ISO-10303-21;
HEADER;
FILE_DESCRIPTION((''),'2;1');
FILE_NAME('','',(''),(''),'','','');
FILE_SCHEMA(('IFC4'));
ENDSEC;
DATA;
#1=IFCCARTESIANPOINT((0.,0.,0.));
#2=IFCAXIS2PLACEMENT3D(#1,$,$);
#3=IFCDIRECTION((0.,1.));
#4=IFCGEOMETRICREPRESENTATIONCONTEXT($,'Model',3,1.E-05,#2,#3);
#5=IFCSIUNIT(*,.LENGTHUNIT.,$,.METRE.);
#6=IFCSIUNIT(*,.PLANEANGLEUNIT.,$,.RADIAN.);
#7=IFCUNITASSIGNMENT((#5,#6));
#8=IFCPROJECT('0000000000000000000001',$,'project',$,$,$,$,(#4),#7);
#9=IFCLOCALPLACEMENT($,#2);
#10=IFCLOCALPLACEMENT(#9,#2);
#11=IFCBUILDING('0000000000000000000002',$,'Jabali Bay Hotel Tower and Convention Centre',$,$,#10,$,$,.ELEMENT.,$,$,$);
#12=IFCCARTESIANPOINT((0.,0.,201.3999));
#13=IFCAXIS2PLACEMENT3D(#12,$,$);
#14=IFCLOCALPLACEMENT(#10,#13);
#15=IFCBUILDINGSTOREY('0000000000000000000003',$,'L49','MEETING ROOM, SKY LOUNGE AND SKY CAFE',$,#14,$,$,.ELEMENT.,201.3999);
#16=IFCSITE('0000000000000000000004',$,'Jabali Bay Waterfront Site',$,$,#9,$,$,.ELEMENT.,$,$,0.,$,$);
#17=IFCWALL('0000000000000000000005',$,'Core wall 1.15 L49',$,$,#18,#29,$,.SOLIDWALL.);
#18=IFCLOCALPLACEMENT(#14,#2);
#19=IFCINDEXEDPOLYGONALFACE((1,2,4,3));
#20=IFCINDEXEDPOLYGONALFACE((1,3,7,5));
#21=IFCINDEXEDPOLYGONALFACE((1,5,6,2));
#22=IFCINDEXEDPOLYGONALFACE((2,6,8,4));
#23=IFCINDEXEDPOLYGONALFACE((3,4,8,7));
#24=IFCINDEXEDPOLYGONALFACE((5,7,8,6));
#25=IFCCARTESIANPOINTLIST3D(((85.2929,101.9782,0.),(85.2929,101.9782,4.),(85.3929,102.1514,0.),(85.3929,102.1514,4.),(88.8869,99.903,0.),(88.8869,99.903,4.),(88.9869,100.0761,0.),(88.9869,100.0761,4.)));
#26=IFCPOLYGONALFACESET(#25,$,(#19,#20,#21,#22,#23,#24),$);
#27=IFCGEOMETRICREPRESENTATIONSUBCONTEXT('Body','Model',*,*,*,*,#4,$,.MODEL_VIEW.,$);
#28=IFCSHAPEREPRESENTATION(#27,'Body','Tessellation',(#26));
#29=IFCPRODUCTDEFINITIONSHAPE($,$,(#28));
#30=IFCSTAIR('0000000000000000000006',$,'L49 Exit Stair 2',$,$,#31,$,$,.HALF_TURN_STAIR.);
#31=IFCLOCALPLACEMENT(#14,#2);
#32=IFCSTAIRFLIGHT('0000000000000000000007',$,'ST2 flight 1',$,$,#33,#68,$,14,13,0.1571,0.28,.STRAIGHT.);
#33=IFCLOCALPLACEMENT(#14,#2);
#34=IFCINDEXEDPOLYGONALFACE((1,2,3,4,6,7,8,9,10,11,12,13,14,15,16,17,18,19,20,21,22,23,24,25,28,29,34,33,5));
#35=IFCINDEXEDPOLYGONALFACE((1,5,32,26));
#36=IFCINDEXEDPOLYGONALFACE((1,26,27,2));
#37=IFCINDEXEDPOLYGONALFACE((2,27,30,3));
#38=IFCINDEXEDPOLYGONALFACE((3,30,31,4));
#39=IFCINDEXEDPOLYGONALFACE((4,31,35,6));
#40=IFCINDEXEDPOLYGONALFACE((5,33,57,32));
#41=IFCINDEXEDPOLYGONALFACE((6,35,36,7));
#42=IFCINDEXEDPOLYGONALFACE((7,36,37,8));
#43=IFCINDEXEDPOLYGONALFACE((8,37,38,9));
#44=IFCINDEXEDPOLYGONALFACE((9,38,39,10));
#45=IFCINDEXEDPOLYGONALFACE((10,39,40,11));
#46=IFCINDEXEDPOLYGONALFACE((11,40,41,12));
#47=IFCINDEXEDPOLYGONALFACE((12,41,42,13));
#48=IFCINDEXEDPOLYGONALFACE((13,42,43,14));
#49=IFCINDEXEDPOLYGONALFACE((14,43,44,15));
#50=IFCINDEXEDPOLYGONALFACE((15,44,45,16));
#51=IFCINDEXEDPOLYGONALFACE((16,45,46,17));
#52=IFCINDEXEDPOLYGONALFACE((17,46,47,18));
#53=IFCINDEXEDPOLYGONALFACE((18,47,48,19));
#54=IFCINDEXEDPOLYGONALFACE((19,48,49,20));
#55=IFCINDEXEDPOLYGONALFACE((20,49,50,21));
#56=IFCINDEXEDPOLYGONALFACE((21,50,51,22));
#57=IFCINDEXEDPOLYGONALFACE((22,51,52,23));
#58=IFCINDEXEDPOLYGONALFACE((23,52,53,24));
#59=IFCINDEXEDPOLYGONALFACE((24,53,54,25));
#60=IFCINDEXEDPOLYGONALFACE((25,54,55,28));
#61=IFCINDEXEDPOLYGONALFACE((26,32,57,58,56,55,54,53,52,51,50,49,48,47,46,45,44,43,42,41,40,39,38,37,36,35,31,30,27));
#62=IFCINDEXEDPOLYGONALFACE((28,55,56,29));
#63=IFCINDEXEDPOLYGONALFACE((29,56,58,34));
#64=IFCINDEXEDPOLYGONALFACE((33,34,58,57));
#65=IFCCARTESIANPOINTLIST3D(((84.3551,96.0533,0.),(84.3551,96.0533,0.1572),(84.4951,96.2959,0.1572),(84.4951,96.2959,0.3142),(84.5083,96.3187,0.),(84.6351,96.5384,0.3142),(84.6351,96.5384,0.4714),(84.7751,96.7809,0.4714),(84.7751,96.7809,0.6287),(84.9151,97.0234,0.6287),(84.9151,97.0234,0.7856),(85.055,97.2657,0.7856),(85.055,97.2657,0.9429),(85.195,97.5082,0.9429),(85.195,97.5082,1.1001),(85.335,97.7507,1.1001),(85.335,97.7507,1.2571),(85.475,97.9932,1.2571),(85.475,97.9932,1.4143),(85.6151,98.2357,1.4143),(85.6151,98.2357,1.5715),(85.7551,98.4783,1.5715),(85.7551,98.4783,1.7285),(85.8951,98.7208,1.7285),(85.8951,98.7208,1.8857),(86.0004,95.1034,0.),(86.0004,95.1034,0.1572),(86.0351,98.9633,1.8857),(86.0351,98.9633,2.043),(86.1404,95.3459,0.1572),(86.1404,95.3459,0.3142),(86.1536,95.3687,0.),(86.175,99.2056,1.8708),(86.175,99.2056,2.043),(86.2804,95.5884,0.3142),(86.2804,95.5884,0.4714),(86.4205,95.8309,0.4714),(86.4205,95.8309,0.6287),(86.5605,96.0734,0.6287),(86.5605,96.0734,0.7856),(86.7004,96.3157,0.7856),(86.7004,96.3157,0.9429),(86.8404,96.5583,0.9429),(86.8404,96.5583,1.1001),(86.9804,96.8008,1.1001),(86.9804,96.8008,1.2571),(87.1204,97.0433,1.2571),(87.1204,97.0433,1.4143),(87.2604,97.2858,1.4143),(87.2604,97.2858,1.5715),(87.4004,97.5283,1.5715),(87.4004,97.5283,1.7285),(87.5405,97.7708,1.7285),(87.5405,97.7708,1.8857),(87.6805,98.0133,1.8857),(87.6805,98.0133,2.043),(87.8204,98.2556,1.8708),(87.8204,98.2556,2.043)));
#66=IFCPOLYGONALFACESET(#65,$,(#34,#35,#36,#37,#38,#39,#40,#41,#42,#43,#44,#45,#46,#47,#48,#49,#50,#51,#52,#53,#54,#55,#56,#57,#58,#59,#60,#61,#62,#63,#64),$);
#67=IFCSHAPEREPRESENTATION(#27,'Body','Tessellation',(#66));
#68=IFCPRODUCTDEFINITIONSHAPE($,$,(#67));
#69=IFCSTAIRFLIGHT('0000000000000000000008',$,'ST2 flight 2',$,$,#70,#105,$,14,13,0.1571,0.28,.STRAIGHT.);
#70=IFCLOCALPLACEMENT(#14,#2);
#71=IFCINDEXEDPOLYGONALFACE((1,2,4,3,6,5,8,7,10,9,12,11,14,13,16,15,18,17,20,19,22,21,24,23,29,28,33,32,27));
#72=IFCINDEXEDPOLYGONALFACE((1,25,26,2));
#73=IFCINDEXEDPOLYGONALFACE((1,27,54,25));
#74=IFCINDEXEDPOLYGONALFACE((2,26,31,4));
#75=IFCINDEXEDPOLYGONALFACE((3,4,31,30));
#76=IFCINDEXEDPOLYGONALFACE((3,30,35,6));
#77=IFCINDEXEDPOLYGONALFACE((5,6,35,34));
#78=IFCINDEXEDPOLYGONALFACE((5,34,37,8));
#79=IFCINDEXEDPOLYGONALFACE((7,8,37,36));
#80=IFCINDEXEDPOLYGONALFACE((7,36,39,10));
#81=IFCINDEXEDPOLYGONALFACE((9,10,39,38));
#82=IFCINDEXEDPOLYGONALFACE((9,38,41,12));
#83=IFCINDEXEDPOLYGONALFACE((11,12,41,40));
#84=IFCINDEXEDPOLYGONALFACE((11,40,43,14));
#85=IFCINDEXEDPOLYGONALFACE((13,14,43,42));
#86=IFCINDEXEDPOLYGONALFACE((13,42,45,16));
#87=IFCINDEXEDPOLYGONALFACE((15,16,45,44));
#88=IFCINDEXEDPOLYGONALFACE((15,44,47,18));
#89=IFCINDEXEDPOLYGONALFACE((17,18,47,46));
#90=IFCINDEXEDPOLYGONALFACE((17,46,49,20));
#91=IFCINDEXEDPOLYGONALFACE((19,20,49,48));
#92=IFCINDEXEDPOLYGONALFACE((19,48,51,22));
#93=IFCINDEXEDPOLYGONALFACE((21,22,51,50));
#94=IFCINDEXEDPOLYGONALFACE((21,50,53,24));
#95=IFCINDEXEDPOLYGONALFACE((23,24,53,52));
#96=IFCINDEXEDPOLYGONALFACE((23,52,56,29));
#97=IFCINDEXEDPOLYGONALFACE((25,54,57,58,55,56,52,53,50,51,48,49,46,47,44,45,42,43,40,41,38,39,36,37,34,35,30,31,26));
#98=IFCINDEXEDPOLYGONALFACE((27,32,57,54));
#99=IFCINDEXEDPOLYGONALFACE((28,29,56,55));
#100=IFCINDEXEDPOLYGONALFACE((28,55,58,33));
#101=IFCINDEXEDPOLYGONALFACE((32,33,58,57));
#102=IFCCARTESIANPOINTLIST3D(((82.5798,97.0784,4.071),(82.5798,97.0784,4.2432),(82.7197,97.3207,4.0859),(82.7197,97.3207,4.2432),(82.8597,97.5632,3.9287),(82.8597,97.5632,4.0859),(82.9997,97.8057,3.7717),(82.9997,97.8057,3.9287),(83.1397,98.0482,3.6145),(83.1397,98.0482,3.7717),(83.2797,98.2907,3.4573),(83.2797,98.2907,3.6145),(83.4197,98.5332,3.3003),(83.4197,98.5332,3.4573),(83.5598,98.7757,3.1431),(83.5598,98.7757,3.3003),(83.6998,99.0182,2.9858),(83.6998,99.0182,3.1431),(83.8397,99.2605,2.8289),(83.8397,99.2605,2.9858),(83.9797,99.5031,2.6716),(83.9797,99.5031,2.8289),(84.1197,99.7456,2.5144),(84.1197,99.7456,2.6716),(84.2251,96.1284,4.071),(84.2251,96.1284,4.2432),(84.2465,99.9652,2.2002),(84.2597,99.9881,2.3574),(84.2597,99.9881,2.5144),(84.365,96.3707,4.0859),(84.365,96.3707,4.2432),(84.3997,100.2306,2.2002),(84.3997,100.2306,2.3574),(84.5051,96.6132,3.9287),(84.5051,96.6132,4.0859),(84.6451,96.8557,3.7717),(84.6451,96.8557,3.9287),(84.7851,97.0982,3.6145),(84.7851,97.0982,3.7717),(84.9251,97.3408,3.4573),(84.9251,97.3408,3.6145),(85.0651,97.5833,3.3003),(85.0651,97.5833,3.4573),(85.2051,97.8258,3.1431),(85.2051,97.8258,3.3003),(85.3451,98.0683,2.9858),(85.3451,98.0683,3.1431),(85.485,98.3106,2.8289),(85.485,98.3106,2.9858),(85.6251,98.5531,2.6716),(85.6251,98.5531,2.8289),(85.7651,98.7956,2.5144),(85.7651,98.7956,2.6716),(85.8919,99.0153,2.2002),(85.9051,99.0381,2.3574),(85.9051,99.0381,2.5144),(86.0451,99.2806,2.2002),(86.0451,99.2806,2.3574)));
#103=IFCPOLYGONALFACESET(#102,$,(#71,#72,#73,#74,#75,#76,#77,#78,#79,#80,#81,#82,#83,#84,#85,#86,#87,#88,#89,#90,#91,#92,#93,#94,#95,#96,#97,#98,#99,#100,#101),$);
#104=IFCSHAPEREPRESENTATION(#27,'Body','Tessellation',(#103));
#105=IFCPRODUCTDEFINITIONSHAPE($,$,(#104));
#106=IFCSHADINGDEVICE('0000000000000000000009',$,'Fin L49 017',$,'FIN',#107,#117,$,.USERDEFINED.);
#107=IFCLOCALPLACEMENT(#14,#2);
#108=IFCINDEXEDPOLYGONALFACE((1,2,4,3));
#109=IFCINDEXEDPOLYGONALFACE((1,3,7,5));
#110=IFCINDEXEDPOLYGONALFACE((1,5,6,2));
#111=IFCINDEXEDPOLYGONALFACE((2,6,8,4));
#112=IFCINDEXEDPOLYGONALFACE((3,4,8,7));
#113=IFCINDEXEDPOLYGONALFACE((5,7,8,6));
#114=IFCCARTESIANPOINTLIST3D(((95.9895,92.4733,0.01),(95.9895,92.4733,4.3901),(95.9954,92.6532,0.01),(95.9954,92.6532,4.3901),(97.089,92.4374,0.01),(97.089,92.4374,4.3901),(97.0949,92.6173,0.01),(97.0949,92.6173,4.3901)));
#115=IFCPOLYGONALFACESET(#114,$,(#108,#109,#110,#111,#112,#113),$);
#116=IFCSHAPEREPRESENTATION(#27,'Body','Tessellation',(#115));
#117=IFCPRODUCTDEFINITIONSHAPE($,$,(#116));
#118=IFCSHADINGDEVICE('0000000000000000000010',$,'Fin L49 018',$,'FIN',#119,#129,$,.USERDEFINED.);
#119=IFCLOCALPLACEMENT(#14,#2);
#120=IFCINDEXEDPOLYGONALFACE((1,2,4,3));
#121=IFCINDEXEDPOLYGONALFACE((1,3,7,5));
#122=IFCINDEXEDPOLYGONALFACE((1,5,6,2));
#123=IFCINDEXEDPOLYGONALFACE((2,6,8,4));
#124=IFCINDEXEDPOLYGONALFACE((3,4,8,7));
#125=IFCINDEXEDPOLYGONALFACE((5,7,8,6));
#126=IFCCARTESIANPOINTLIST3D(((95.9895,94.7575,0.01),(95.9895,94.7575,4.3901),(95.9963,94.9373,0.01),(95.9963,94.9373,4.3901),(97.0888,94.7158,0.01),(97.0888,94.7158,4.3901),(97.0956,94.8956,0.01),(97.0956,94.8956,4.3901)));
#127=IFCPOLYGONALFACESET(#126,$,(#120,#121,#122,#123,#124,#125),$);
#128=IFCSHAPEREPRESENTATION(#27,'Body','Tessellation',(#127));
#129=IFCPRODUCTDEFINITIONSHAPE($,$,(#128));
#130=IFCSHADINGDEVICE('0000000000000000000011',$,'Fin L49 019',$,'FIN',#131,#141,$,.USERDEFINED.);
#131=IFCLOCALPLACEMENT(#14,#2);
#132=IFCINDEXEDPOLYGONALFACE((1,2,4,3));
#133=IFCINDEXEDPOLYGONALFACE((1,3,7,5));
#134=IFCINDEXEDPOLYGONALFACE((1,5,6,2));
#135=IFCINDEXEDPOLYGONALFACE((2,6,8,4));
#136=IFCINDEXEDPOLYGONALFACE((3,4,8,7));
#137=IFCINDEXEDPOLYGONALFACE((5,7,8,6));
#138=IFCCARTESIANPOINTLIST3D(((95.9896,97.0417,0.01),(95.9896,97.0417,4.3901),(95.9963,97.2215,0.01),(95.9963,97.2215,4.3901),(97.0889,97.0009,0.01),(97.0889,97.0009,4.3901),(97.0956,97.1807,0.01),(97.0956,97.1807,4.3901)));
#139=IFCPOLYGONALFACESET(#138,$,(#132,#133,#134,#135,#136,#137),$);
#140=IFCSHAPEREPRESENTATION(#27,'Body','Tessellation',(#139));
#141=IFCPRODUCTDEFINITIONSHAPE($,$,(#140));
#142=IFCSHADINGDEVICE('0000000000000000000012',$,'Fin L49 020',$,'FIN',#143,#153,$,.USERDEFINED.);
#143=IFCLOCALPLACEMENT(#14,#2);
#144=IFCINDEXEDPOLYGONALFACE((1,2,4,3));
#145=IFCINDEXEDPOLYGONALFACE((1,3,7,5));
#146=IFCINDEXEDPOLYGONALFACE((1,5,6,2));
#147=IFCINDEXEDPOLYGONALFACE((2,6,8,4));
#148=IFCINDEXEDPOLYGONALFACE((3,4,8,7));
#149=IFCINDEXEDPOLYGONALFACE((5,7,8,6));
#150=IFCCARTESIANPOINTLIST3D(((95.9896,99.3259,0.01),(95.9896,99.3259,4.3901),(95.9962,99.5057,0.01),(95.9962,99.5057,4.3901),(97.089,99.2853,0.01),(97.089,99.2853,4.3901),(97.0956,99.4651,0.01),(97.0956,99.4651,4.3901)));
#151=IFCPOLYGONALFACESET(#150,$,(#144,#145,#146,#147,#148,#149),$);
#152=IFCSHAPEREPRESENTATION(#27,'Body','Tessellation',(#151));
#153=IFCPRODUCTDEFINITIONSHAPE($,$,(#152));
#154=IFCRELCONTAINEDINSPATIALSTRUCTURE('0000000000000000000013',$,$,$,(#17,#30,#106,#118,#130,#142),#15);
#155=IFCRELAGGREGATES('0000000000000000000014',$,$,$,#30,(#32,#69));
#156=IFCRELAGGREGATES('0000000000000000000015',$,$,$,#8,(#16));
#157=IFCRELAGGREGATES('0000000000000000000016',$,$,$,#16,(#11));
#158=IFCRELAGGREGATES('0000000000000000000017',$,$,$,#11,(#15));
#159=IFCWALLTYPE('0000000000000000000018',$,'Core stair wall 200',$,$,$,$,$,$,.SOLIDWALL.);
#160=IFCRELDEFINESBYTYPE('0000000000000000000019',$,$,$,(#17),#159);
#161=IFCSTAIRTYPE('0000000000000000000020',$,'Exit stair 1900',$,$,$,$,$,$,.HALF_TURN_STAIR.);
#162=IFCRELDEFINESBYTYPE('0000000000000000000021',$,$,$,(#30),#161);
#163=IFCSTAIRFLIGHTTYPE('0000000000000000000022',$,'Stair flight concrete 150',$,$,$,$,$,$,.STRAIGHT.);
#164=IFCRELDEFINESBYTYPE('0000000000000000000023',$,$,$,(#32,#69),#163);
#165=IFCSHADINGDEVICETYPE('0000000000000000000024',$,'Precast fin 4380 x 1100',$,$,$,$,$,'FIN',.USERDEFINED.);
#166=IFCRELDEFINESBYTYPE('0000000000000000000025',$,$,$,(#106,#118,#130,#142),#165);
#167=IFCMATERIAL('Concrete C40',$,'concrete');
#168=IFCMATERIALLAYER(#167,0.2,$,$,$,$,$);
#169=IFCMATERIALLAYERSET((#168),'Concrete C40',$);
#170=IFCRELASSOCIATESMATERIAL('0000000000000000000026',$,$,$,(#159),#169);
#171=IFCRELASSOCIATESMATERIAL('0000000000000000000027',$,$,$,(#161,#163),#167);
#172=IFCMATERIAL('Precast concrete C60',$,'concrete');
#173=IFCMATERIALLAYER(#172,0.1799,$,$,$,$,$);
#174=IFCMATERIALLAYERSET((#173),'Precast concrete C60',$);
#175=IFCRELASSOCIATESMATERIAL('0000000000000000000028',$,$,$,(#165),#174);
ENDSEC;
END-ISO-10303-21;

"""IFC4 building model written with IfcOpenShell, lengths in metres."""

from ifc_helpers import new_model, si_unit, direction, frame, frame_2d, origin, place, context, subcontext, project, spatial, polyline, rectangle, outline, extrude, material, layer, layer_set, type_object, element, aggregate, save


model = new_model("IFC4")

# Units and contexts
model_context = context("Model", 3, precision=1e-05, world=origin(), true_north=direction((0.0, 1.0)))
body_context = subcontext(model_context, "Body", "Model", "MODEL_VIEW")
ifc_project = project(units=[si_unit("LENGTHUNIT", "METRE"), si_unit("PLANEANGLEUNIT", "RADIAN")], contexts=[model_context])

# Site, building, storey
site_placement = place(None, origin())
site = spatial("IfcSite", under=ifc_project, at=site_placement, Name="Jabali Bay Waterfront Site", CompositionType="ELEMENT", RefElevation=0.0)
building_placement = place(site_placement, origin())
building = spatial("IfcBuilding", under=site, at=building_placement, Name="Jabali Bay Hotel Tower and Convention Centre", CompositionType="ELEMENT")
storey_placement = place(building_placement, frame((0.0, 0.0, 201.3999)))
storey = spatial("IfcBuildingStorey", under=building, at=storey_placement, Name="L49", Description="MEETING ROOM, SKY LOUNGE AND SKY CAFE", CompositionType="ELEMENT", Elevation=201.3999)

# Shared definitions
ifc_material_1 = material(Name="Concrete C40", Category="concrete")

# Shared definitions
ifc_layer_1 = layer(ifc_material_1, 0.2)
ifc_layer_set_1 = layer_set([ifc_layer_1], Name="Concrete C40")
wall_type_1 = type_object("IfcWallType", Name="Core stair wall 200", PredefinedType="SOLIDWALL", material=ifc_layer_set_1)

# Wall
wall_1_placement = place(storey_placement, frame((88.937, 99.9895, 0.0), z_axis=(0.0, 0.0, 1.0), x_axis=(-0.866004, 0.500036, 0.0)))
element("IfcWall", 1, at=wall_1_placement, inside=storey, type_object=wall_type_1, Name="Core wall 1.15 L49", PredefinedType="SOLIDWALL", context=body_context, shape_type="SweptSolid", body=[
    extrude(rectangle(XDim=4.1501, YDim=0.2, at=frame_2d((2.0752, 0.0))), origin(), (0.0, 0.0, 1.0), 4.0),
])

# Stair, stair flights
stair_type = type_object("IfcStairType", Name="Exit stair 1900", PredefinedType="HALF_TURN_STAIR", material=ifc_material_1)
stair_placement = place(storey_placement, origin())
stair = element("IfcStair", 2, at=stair_placement, inside=storey, type_object=stair_type, Name="L49 Exit Stair 2", PredefinedType="HALF_TURN_STAIR")
stair_flight_type = type_object("IfcStairFlightType", Name="Stair flight concrete 150", PredefinedType="STRAIGHT", material=ifc_material_1)
stair_flight_1_placement = place(storey_placement, frame((85.1777, 95.5784, 0.0), z_axis=(0.0, 0.0, 1.0), x_axis=(0.5, 0.866025, 0.0)))
stair_flight_1 = element("IfcStairFlight", 3, at=stair_flight_1_placement, type_object=stair_flight_type, Name="ST2 flight 1", NumberOfRisers=14, NumberOfTreads=13, PredefinedType="STRAIGHT", RiserHeight=0.1571, TreadLength=0.28, context=body_context, shape_type="SweptSolid", body=[
    extrude(outline(polyline([(0.0, 0.0), (0.0, 0.1572), (0.28, 0.1572), (0.28, 0.3142), (0.5601, 0.3142), (0.5601, 0.4714), (0.8401, 0.4714), (0.8401, 0.6287), (1.1201, 0.6287), (1.1201, 0.7856), (1.3999, 0.7856), (1.3999, 0.9429), (1.6799, 0.9429), (1.6799, 1.1001), (1.96, 1.1001), (1.96, 1.2571), (2.24, 1.2571), (2.24, 1.4143), (2.52, 1.4143), (2.52, 1.5715), (2.8, 1.5715), (2.8, 1.7285), (3.0801, 1.7285), (3.0801, 1.8857), (3.3601, 1.8857), (3.3601, 2.043), (3.6399, 2.043), (3.6399, 2.2), (3.6399, 1.8708), (0.3064, 0.0), (0.0, 0.0)])), frame((0.0, 0.95, 0.0), z_axis=(0.0, -1.0, 0.0), x_axis=(1.0, 0.0, 0.0)), (0.0, 0.0, 1.0), 1.8999),
])
stair_flight_2_placement = place(storey_placement, frame((85.2224, 99.7556, 2.2002), z_axis=(0.0, 0.0, 1.0), x_axis=(-0.5, -0.866025, 0.0)))
stair_flight_2 = element("IfcStairFlight", 4, at=stair_flight_2_placement, type_object=stair_flight_type, Name="ST2 flight 2", NumberOfRisers=14, NumberOfTreads=13, PredefinedType="STRAIGHT", RiserHeight=0.1571, TreadLength=0.28, context=body_context, shape_type="SweptSolid", body=[
    extrude(outline(polyline([(0.0, 0.0), (0.0, 0.1572), (0.28, 0.1572), (0.28, 0.3142), (0.5601, 0.3142), (0.5601, 0.4714), (0.8401, 0.4714), (0.8401, 0.6287), (1.1201, 0.6287), (1.1201, 0.7856), (1.3999, 0.7856), (1.3999, 0.9429), (1.6799, 0.9429), (1.6799, 1.1001), (1.96, 1.1001), (1.96, 1.2571), (2.24, 1.2571), (2.24, 1.4143), (2.52, 1.4143), (2.52, 1.5715), (2.8, 1.5715), (2.8, 1.7285), (3.0801, 1.7285), (3.0801, 1.8857), (3.3601, 1.8857), (3.3601, 2.043), (3.6399, 2.043), (3.6399, 2.2), (3.6399, 1.8708), (0.3064, 0.0), (0.0, 0.0)])), frame((0.0, 0.95, 0.0), z_axis=(0.0, -1.0, 0.0), x_axis=(1.0, 0.0, 0.0)), (0.0, 0.0, 1.0), 1.8999),
])
aggregate(stair, [stair_flight_1, stair_flight_2])

# Shading devices
ifc_material_2 = material(Name="Precast concrete C60", Category="concrete")
ifc_layer_2 = layer(ifc_material_2, 0.1799)
ifc_layer_set_2 = layer_set([ifc_layer_2], Name="Precast concrete C60")
shading_device_type = type_object("IfcShadingDeviceType", Name="Precast fin 4380 x 1100", ElementType="FIN", PredefinedType="USERDEFINED", material=ifc_layer_set_2)
for number, where, z_axis, x_axis, name in (
    (5, (95.9924, 92.5632, 0.01), (0.0, 0.0, 1.0), (0.999468, -0.03262, 0.0), "Fin L49 017"),
    (6, (95.9929, 94.8474, 0.01), (0.0, 0.0, 1.0), (0.99928, -0.037947, 0.0), "Fin L49 018"),
    (7, (95.9929, 97.1316, 0.01), (0.0, 0.0, 1.0), (0.999313, -0.037061, 0.0), "Fin L49 019"),
    (8, (95.9929, 99.4158, 0.01), (0.0, 0.0, 1.0), (0.999321, -0.036839, 0.0), "Fin L49 020"),
):
    element("IfcShadingDevice", number, at=place(storey_placement, frame(where, z_axis=z_axis, x_axis=x_axis)), inside=storey, type_object=shading_device_type, Name=name, ObjectType="FIN", PredefinedType="USERDEFINED", context=body_context, shape_type="SweptSolid", body=[
        extrude(rectangle(XDim=1.1001, YDim=0.1799, at=frame_2d((0.55, 0.0))), origin(), (0.0, 0.0, 1.0), 4.3801),
    ])

save(model, "model.ifc")
